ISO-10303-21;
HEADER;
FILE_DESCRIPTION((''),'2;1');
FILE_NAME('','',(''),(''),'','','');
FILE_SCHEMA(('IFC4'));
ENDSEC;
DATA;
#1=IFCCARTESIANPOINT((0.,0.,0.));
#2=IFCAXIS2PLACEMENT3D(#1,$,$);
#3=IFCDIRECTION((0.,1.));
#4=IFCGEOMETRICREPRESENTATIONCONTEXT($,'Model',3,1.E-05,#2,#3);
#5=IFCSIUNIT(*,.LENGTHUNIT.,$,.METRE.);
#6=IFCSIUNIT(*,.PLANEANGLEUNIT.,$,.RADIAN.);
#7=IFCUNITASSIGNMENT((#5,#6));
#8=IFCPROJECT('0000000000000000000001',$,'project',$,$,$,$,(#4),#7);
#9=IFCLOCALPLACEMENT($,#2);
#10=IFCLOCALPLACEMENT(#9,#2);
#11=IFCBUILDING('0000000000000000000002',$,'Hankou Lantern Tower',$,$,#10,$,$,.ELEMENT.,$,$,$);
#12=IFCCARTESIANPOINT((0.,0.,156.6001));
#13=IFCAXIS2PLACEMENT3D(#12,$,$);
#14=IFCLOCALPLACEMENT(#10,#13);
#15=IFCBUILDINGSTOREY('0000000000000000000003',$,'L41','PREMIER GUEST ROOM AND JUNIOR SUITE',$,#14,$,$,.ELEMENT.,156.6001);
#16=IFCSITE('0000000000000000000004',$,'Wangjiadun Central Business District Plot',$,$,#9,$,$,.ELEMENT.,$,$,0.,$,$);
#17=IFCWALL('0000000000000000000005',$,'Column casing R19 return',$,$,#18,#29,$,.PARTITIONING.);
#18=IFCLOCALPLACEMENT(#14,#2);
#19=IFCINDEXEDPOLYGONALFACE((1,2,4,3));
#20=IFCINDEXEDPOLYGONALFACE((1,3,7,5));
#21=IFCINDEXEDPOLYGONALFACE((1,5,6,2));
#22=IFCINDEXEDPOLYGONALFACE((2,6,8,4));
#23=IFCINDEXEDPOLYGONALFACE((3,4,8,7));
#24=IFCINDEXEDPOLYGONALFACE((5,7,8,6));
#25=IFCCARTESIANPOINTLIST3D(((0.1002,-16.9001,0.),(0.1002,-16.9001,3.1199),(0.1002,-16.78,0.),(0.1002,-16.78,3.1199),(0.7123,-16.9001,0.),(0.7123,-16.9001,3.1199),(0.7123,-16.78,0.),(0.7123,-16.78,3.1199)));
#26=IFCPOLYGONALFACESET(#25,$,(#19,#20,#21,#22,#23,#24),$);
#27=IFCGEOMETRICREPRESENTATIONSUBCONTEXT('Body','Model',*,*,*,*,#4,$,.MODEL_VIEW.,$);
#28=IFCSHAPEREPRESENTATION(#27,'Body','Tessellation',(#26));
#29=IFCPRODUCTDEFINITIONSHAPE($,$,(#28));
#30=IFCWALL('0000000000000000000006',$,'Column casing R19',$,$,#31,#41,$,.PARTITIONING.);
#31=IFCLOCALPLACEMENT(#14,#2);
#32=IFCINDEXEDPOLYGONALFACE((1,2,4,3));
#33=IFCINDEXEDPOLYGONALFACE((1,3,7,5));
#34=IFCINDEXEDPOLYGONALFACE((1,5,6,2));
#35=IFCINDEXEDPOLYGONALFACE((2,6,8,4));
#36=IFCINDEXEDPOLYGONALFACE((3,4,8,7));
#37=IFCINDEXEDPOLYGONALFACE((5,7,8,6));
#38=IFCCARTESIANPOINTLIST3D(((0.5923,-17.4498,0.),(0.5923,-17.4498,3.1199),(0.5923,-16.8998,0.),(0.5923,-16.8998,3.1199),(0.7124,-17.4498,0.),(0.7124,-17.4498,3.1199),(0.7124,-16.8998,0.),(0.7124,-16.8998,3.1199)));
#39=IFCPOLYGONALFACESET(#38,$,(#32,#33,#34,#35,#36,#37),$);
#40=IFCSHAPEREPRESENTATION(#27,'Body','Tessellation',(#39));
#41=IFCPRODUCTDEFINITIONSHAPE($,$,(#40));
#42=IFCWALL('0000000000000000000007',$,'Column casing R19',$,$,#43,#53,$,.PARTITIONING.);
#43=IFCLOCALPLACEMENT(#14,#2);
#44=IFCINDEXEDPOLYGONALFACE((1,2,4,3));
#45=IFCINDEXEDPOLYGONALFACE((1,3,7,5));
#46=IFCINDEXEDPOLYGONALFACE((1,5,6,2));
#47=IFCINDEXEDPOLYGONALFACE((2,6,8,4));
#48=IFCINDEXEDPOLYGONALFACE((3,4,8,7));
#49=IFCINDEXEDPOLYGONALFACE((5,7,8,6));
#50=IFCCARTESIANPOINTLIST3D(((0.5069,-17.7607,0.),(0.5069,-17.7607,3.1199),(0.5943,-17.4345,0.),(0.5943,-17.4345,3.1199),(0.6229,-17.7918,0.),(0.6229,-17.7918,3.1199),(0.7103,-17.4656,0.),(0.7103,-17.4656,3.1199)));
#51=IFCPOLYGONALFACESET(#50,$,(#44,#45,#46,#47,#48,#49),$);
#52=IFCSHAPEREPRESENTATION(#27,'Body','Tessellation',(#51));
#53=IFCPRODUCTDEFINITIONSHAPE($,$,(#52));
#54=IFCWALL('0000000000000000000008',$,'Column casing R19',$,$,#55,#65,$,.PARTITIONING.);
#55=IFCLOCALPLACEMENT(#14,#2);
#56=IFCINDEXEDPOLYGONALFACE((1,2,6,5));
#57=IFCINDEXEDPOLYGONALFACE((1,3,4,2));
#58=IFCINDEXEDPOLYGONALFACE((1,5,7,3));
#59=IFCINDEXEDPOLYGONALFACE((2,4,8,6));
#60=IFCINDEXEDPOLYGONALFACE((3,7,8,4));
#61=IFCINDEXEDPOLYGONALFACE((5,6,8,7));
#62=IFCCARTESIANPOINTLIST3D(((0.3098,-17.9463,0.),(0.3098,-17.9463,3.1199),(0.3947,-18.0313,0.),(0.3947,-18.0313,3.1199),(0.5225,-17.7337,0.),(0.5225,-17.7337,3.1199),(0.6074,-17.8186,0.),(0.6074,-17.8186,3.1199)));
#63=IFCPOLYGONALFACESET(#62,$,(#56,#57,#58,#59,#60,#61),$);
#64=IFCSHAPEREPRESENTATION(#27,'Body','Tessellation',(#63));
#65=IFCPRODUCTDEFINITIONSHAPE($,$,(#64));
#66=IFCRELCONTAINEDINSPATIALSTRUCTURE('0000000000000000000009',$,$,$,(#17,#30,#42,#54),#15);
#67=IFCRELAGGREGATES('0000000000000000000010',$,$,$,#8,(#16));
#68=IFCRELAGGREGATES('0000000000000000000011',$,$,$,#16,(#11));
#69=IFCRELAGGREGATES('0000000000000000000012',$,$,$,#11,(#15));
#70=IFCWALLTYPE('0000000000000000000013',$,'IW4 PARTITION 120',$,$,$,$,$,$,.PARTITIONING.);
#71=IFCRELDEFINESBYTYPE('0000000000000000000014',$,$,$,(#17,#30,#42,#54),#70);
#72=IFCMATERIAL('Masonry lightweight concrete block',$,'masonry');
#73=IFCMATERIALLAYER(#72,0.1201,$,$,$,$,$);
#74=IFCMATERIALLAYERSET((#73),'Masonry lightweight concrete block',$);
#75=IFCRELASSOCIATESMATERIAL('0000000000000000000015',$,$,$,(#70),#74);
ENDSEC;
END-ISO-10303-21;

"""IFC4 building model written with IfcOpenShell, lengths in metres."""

from ifc_helpers import new_model, si_unit, direction, frame, frame_2d, origin, place, context, subcontext, project, spatial, rectangle, extrude, material, layer, layer_set, type_object, element, save


model = new_model("IFC4")

# Units and contexts
model_context = context("Model", 3, precision=1e-05, world=origin(), true_north=direction((0.0, 1.0)))
body_context = subcontext(model_context, "Body", "Model", "MODEL_VIEW")
ifc_project = project(units=[si_unit("LENGTHUNIT", "METRE"), si_unit("PLANEANGLEUNIT", "RADIAN")], contexts=[model_context])

# Site, building, storey
site_placement = place(None, origin())
site = spatial("IfcSite", under=ifc_project, at=site_placement, Name="Wangjiadun Central Business District Plot", CompositionType="ELEMENT", RefElevation=0.0)
building_placement = place(site_placement, origin())
building = spatial("IfcBuilding", under=site, at=building_placement, Name="Hankou Lantern Tower", CompositionType="ELEMENT")
storey_placement = place(building_placement, frame((0.0, 0.0, 156.6001)))
storey = spatial("IfcBuildingStorey", under=building, at=storey_placement, Name="L41", Description="PREMIER GUEST ROOM AND JUNIOR SUITE", CompositionType="ELEMENT", Elevation=156.6001)

# Walls
ifc_material_1 = material(Name="Masonry lightweight concrete block", Category="masonry")
ifc_layer_1 = layer(ifc_material_1, 0.1201)
ifc_layer_set_1 = layer_set([ifc_layer_1], Name="Masonry lightweight concrete block")
wall_type_1 = type_object("IfcWallType", Name="IW4 PARTITION 120", PredefinedType="PARTITIONING", material=ifc_layer_set_1)
wall_1_placement = place(storey_placement, frame((0.1001, -16.8401, 0.0), z_axis=(0.0, 0.0, 1.0), x_axis=(1.0, 0.0, 0.0)))
element("IfcWall", 1, at=wall_1_placement, inside=storey, type_object=wall_type_1, Name="Column casing R19 return", PredefinedType="PARTITIONING", context=body_context, shape_type="SweptSolid", body=[
    extrude(rectangle(XDim=0.6121, YDim=0.1201, at=frame_2d((0.3062, 0.0))), origin(), (0.0, 0.0, 1.0), 3.1199),
])
wall_2_placement = place(storey_placement, frame((0.6523, -16.8999, 0.0), z_axis=(0.0, 0.0, 1.0), x_axis=(0.0, -1.0, 0.0)))
element("IfcWall", 2, at=wall_2_placement, inside=storey, type_object=wall_type_1, Name="Column casing R19", PredefinedType="PARTITIONING", context=body_context, shape_type="SweptSolid", body=[
    extrude(rectangle(XDim=0.55, YDim=0.1201, at=frame_2d((0.2749, 0.0))), origin(), (0.0, 0.0, 1.0), 3.1199),
])
wall_3_placement = place(storey_placement, frame((0.6523, -17.45, 0.0), z_axis=(0.0, 0.0, 1.0), x_axis=(-0.258832, -0.965922, 0.0)))
element("IfcWall", 3, at=wall_3_placement, inside=storey, type_object=wall_type_1, Name="Column casing R19", PredefinedType="PARTITIONING", context=body_context, shape_type="SweptSolid", body=[
    extrude(rectangle(XDim=0.3376, YDim=0.1201, at=frame_2d((0.1689, 0.0))), origin(), (0.0, 0.0, 1.0), 3.1199),
])
wall_4_placement = place(storey_placement, frame((0.5649, -17.7761, 0.0), z_axis=(0.0, 0.0, 1.0), x_axis=(-0.707107, -0.707107, 0.0)))
element("IfcWall", 4, at=wall_4_placement, inside=storey, type_object=wall_type_1, Name="Column casing R19", PredefinedType="PARTITIONING", context=body_context, shape_type="SweptSolid", body=[
    extrude(rectangle(XDim=0.3008, YDim=0.1201, at=frame_2d((0.1504, 0.0))), origin(), (0.0, 0.0, 1.0), 3.1199),
])

save(model, "model.ifc")
